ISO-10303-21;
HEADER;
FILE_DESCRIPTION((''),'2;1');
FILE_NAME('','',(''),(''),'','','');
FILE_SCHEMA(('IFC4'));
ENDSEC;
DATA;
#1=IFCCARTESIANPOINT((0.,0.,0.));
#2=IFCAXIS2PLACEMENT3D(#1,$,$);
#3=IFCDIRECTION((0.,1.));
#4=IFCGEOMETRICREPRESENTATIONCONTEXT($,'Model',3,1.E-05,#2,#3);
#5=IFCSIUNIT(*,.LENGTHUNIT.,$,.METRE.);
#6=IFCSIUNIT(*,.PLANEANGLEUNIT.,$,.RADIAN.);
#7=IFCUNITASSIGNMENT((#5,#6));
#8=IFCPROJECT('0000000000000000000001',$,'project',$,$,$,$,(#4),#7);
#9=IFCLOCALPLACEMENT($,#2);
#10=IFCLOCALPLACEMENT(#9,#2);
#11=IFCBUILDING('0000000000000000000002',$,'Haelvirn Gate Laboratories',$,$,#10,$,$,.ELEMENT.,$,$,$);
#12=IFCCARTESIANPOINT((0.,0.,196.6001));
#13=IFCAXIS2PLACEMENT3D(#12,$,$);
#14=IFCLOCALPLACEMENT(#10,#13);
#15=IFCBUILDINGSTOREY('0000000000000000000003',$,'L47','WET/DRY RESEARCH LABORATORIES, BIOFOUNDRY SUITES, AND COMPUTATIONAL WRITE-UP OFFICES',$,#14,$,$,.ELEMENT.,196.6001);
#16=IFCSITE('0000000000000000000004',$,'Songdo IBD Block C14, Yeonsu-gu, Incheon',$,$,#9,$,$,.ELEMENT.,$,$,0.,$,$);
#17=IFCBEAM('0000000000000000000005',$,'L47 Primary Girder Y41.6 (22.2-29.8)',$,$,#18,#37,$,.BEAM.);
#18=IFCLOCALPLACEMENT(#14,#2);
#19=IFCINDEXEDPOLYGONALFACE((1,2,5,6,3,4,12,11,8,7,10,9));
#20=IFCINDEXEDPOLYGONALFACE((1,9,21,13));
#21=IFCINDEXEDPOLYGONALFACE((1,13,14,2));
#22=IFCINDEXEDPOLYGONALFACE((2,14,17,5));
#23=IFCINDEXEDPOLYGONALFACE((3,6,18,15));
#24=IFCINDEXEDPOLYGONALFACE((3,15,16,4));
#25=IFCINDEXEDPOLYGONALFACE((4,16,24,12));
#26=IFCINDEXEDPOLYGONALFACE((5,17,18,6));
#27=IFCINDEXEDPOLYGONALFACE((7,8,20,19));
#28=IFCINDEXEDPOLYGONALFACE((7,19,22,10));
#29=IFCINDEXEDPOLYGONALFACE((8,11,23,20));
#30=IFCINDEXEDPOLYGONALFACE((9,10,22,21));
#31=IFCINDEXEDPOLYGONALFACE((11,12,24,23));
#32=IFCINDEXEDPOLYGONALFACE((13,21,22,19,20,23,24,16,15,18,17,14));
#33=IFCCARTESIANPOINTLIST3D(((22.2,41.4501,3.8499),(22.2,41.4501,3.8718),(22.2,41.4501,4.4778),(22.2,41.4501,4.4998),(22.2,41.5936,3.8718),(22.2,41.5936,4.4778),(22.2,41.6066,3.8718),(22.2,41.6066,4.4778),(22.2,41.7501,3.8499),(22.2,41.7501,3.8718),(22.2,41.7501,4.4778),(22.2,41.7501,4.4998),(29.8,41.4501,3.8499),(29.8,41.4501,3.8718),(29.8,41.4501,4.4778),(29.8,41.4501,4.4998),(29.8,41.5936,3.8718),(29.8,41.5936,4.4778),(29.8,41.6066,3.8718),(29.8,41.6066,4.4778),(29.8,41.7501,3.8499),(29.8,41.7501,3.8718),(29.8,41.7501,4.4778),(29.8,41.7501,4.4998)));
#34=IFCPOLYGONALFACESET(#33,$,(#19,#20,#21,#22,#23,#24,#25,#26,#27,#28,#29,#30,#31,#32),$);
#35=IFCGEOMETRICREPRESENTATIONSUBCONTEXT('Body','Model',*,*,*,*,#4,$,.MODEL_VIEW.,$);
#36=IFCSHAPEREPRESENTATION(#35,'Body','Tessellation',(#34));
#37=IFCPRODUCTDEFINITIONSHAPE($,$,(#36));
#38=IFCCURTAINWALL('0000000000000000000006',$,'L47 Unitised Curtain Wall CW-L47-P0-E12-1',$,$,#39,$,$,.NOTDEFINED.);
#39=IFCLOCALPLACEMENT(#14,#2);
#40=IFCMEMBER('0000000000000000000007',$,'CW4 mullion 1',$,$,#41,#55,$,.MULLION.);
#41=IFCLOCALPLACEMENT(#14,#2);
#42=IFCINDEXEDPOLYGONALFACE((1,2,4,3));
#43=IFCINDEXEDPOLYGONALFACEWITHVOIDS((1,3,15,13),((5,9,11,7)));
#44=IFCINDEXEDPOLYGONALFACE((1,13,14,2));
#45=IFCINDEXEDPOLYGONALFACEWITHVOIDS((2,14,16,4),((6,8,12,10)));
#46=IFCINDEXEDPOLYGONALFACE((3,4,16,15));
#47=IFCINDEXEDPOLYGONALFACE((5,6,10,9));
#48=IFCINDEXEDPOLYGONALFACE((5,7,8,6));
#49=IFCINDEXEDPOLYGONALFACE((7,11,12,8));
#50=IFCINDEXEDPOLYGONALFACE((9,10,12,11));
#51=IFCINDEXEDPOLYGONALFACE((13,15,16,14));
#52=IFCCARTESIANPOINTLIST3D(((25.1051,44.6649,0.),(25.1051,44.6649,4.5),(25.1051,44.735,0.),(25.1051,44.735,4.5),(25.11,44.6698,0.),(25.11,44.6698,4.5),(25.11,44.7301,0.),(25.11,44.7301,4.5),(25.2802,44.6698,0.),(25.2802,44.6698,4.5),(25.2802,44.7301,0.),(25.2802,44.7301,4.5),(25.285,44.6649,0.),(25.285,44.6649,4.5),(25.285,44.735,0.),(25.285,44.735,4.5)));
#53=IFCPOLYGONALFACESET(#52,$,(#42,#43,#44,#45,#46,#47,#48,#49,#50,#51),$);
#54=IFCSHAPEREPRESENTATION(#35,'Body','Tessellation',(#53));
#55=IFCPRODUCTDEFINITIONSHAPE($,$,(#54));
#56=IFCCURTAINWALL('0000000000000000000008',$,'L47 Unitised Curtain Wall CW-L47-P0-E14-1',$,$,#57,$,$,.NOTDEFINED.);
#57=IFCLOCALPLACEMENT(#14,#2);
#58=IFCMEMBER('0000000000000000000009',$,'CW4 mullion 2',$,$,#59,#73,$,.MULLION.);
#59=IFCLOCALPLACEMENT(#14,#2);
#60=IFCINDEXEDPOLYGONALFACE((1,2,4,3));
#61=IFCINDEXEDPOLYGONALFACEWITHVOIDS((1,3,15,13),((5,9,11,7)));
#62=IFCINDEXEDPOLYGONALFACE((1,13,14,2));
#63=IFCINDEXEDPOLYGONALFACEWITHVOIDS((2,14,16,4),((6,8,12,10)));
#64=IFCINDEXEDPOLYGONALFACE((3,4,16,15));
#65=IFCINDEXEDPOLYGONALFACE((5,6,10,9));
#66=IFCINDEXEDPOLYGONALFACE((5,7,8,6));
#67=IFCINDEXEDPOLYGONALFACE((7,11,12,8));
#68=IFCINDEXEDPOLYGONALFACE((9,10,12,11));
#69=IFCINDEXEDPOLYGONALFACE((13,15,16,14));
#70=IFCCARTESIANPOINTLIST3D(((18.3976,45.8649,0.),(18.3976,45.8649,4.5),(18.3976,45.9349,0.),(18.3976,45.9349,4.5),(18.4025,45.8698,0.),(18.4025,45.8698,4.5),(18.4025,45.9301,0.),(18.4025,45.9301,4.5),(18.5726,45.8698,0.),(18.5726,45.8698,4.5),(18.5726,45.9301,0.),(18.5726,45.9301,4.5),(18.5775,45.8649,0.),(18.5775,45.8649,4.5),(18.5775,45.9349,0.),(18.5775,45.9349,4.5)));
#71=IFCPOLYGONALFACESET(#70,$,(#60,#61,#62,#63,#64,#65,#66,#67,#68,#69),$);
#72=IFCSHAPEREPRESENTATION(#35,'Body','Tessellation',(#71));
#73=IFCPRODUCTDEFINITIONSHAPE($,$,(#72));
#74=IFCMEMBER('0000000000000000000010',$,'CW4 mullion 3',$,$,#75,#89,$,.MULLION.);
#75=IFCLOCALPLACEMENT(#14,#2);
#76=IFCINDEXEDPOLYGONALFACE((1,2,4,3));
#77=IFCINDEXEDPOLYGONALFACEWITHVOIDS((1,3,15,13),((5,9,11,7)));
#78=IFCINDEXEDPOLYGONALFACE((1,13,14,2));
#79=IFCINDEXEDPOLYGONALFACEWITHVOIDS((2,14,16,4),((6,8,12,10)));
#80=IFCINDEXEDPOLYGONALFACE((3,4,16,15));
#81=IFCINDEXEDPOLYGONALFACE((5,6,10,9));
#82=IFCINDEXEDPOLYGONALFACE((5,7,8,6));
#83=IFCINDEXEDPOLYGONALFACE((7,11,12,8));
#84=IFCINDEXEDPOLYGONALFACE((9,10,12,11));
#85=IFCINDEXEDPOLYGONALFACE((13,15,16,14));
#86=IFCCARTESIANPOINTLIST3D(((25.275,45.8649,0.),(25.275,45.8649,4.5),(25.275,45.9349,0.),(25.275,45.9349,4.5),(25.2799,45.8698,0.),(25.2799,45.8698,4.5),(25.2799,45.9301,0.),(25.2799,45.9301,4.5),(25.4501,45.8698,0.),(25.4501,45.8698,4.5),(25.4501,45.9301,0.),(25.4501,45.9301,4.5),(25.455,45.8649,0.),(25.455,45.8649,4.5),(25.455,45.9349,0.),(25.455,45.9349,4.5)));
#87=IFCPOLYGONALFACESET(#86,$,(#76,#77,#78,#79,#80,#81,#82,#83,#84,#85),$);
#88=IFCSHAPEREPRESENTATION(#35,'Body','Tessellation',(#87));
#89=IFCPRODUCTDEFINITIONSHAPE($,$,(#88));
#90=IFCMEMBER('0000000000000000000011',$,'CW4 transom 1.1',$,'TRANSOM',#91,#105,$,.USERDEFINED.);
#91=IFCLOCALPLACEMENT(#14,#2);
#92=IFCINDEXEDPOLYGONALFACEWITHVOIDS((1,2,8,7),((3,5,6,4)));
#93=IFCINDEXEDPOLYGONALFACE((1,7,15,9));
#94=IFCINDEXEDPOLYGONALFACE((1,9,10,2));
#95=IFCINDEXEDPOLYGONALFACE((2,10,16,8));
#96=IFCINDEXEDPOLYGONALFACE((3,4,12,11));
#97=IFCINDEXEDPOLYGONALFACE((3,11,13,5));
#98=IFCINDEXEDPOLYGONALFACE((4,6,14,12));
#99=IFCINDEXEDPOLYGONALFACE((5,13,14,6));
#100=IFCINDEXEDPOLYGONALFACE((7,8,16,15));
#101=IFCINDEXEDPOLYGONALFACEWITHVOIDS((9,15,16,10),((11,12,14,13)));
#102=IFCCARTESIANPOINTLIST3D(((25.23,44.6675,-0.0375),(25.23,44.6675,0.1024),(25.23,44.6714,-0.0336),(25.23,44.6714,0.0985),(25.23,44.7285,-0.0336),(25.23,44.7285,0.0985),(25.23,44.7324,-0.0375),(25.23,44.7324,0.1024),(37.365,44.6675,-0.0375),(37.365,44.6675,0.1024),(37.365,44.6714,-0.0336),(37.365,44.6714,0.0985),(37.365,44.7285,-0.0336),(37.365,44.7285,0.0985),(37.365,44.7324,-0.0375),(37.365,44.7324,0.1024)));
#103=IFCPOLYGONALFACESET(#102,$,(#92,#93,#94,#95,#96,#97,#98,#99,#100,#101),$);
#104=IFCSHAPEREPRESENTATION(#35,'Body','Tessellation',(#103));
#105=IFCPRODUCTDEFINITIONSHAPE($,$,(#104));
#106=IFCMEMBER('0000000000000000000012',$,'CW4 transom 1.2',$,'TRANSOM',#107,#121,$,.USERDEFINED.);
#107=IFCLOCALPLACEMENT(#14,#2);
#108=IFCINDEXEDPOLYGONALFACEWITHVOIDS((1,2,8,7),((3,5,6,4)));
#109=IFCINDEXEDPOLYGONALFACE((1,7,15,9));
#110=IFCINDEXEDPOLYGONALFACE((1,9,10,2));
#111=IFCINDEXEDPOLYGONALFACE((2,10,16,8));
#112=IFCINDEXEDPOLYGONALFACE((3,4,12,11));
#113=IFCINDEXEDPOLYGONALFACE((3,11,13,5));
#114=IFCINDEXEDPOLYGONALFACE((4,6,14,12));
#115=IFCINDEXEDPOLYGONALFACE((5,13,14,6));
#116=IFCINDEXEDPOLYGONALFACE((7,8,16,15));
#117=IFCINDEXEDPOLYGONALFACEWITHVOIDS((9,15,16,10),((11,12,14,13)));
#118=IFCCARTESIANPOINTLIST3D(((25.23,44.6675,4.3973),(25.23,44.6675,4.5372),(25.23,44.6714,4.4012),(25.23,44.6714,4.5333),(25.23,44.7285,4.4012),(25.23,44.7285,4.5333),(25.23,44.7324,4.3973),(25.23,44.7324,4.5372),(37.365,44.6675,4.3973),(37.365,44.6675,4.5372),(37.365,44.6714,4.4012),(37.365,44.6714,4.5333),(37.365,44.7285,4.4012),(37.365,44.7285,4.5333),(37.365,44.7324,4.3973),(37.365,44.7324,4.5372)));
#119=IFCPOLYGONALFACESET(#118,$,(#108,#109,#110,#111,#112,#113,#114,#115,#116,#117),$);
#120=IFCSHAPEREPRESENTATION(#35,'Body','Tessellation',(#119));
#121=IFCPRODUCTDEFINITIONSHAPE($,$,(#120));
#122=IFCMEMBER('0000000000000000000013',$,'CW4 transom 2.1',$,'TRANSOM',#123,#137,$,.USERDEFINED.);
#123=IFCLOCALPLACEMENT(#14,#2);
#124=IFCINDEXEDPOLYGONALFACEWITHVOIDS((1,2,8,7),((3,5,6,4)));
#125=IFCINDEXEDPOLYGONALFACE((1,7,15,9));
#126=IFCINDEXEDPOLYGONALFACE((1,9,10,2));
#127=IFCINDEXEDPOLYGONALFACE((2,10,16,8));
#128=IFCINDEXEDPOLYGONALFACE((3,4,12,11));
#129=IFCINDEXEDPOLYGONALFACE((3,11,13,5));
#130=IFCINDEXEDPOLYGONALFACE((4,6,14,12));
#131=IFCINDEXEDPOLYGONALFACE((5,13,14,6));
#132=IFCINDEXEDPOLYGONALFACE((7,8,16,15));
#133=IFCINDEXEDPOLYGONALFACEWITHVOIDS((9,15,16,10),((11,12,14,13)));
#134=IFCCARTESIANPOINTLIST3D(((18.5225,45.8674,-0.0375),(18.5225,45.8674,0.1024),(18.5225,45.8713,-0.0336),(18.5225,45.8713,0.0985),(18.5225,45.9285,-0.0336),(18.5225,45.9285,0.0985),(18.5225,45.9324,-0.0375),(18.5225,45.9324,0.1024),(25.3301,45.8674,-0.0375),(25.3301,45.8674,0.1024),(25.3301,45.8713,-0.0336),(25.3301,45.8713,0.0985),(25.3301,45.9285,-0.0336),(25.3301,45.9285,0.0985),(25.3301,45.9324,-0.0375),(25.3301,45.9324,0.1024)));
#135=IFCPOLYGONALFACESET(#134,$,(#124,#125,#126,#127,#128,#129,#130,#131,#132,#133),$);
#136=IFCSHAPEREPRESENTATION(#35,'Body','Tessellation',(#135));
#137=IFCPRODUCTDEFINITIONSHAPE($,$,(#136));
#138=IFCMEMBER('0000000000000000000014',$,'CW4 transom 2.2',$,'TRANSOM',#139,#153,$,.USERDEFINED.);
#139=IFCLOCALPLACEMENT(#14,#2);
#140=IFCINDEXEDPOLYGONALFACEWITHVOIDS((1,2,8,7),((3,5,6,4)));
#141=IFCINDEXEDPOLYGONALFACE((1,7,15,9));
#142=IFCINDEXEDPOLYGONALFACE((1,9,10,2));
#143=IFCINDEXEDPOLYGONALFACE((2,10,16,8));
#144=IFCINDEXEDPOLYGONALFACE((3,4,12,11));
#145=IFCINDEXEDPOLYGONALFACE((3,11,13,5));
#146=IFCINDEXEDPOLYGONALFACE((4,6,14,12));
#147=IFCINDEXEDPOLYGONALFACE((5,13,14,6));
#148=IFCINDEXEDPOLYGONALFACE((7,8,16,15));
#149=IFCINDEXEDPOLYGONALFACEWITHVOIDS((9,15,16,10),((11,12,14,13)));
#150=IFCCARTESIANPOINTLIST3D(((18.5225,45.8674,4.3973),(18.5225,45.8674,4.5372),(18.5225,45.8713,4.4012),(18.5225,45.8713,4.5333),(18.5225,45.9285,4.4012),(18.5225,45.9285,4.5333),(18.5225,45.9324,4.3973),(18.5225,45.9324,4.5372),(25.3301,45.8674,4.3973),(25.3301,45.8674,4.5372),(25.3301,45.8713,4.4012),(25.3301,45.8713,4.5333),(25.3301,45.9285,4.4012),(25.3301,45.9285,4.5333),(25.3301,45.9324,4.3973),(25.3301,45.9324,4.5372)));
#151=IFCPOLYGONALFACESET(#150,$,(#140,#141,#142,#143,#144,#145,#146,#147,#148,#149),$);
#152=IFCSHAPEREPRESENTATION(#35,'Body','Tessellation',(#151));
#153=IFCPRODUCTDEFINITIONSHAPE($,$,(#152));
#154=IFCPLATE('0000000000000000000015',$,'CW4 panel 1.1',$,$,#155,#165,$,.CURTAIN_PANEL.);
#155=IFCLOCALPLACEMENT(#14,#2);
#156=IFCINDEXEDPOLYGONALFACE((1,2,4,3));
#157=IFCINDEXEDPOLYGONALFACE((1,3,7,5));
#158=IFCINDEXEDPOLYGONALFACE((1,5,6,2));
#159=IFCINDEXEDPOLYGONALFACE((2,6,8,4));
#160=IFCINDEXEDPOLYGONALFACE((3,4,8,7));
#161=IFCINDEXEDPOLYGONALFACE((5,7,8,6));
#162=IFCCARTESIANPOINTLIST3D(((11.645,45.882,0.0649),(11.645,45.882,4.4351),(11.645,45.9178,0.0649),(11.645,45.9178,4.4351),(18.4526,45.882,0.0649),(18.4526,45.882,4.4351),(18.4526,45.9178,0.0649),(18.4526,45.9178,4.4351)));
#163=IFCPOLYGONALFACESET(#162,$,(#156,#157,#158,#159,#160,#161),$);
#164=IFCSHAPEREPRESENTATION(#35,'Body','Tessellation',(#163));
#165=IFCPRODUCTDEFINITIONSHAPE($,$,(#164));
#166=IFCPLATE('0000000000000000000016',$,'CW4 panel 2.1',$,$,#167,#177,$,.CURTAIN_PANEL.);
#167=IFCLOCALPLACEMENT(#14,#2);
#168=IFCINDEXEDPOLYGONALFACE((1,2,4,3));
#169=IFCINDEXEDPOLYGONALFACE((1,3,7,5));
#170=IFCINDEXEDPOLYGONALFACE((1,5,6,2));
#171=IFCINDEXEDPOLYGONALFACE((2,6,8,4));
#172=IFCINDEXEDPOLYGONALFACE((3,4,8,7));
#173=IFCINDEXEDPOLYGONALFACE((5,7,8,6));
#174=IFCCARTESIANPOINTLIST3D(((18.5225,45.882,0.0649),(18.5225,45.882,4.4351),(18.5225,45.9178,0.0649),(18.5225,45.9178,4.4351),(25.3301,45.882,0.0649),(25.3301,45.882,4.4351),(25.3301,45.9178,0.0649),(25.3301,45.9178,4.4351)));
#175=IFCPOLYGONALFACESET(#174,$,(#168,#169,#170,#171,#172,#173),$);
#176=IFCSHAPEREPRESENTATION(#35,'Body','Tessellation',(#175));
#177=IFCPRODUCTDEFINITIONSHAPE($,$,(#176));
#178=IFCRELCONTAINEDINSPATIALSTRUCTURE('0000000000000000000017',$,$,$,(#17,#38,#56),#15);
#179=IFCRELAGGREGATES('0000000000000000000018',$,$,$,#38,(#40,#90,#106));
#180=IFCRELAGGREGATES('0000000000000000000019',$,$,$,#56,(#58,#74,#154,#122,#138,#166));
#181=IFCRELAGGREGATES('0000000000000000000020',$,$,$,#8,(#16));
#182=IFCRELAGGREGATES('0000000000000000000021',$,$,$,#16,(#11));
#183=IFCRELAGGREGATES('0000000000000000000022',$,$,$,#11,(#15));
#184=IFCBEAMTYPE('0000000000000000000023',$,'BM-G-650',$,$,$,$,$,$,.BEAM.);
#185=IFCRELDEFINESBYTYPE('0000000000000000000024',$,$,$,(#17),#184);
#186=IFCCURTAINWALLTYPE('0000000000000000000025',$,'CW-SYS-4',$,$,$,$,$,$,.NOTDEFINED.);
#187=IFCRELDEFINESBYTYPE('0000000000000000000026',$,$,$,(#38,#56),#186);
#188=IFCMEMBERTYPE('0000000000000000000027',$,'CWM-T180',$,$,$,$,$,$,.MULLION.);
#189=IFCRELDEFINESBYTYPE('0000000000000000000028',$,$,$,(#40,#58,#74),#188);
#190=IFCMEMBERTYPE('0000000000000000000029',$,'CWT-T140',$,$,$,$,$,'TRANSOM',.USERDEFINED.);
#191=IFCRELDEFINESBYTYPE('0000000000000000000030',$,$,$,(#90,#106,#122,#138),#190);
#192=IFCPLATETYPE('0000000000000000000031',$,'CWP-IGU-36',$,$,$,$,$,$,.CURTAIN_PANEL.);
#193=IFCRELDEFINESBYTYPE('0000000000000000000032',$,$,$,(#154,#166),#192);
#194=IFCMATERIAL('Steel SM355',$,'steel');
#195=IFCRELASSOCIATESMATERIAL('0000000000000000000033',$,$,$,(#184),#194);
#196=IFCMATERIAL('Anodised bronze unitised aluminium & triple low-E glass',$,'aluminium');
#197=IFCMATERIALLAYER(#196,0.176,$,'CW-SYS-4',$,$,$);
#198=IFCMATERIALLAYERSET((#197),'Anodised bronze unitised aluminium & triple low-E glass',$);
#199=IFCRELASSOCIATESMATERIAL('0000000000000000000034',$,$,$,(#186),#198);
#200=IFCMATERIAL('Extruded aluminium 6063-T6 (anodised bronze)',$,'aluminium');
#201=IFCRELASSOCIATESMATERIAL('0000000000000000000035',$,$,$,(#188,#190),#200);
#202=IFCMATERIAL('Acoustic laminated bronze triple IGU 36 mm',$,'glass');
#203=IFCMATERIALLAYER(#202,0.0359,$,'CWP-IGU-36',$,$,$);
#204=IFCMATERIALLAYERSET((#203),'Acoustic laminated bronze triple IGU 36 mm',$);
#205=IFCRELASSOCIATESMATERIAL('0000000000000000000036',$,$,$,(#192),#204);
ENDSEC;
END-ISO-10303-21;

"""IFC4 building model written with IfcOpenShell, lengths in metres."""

from ifc_helpers import new_model, si_unit, direction, frame, origin, origin_2d, place, context, subcontext, project, spatial, rectangle, hollow_rectangle, i_section, extrude, source, transform, mapped, material, layer, layer_set, material_profile, profile_set, type_object, type_shapes, element, aggregate, save


model = new_model("IFC4")

# Units and contexts
model_context = context("Model", 3, precision=1e-05, world=origin(), true_north=direction((0.0, 1.0)))
body_context = subcontext(model_context, "Body", "Model", "MODEL_VIEW")
ifc_project = project(units=[si_unit("LENGTHUNIT", "METRE"), si_unit("PLANEANGLEUNIT", "RADIAN")], contexts=[model_context])

# Site, building, storey
site_placement = place(None, origin())
site = spatial("IfcSite", under=ifc_project, at=site_placement, Name="Songdo IBD Block C14, Yeonsu-gu, Incheon", CompositionType="ELEMENT", RefElevation=0.0)
building_placement = place(site_placement, origin())
building = spatial("IfcBuilding", under=site, at=building_placement, Name="Haelvirn Gate Laboratories", CompositionType="ELEMENT")
storey_placement = place(building_placement, frame((0.0, 0.0, 196.6001)))
storey = spatial("IfcBuildingStorey", under=building, at=storey_placement, Name="L47", Description="WET/DRY RESEARCH LABORATORIES, BIOFOUNDRY SUITES, AND COMPUTATIONAL WRITE-UP OFFICES", CompositionType="ELEMENT", Elevation=196.6001)

# Beam
ifc_material_1 = material(Name="Steel SM355", Category="steel")
ifc_material_profile_1 = material_profile(ifc_material_1, i_section(OverallWidth=0.3, OverallDepth=0.6499, WebThickness=0.0129, FlangeThickness=0.022, at=origin_2d()), Name="H-650x300x13x22")
ifc_profile_set_1 = profile_set([ifc_material_profile_1], Name="Steel SM355")
beam_type_1 = type_object("IfcBeamType", Name="BM-G-650", PredefinedType="BEAM", material=ifc_profile_set_1)
shared_shape_1 = source(origin(), body_context, "Body", "SweptSolid", [
    extrude(i_section(OverallWidth=0.3, OverallDepth=0.6499, WebThickness=0.0129, FlangeThickness=0.022, at=origin_2d()), origin(), (0.0, 0.0, 1.0), 7.6001),
])
for number, where, z_axis, x_axis, name in (
    (1, (22.2, 41.6001, 4.1748), (1.0, 0.0, 0.0), (0.0, 1.0, 0.0), "L47 Primary Girder Y41.6 (22.2-29.8)"),
):
    element("IfcBeam", number, at=place(storey_placement, frame(where, z_axis=z_axis, x_axis=x_axis)), inside=storey, type_object=beam_type_1, Name=name, PredefinedType="BEAM", context=body_context, shape_type="MappedRepresentation", body=[
        mapped(shared_shape_1, transform((0.0, 0.0, 0.0), scale=1.0)),
    ])

# Curtain wall, member
ifc_material_2 = material(Name="Anodised bronze unitised aluminium & triple low-E glass", Category="aluminium")
ifc_layer_1 = layer(ifc_material_2, 0.176, Name="CW-SYS-4")
ifc_layer_set_1 = layer_set([ifc_layer_1], Name="Anodised bronze unitised aluminium & triple low-E glass")
curtain_wall_type = type_object("IfcCurtainWallType", Name="CW-SYS-4", PredefinedType="NOTDEFINED", material=ifc_layer_set_1)
curtain_wall_1_placement = place(storey_placement, origin())
curtain_wall_1 = element("IfcCurtainWall", 2, at=curtain_wall_1_placement, inside=storey, type_object=curtain_wall_type, Name="L47 Unitised Curtain Wall CW-L47-P0-E12-1", PredefinedType="NOTDEFINED")
ifc_material_3 = material(Name="Extruded aluminium 6063-T6 (anodised bronze)", Category="aluminium")
ifc_material_profile_2 = material_profile(ifc_material_3, hollow_rectangle(XDim=0.0701, YDim=0.1799, WallThickness=0.0049, at=origin_2d()), Name="CWM-180x70x5")
ifc_profile_set_2 = profile_set([ifc_material_profile_2], Name="Extruded aluminium 6063-T6 (anodised bronze)")
member_type_1 = type_object("IfcMemberType", Name="CWM-T180", PredefinedType="MULLION", material=ifc_profile_set_2)
shared_shape_2 = source(origin(), body_context, "Body", "SweptSolid", [
    extrude(hollow_rectangle(XDim=0.0701, YDim=0.1799, WallThickness=0.0049, at=origin_2d()), origin(), (0.0, 0.0, 1.0), 4.5),
])
type_shapes(member_type_1, [shared_shape_2])
member_1_placement = place(storey_placement, frame((25.1951, 44.7, 0.0), z_axis=(0.0, 0.0, 1.0), x_axis=(0.0, 1.0, 0.0)))
member_1 = element("IfcMember", 3, at=member_1_placement, type_object=member_type_1, Name="CW4 mullion 1", PredefinedType="MULLION", context=body_context, shape_type="MappedRepresentation", body=[
    mapped(shared_shape_2, transform((0.0, 0.0, 0.0), scale=1.0)),
])

# Curtain wall, members
curtain_wall_2_placement = place(storey_placement, origin())
curtain_wall_2 = element("IfcCurtainWall", 4, at=curtain_wall_2_placement, inside=storey, type_object=curtain_wall_type, Name="L47 Unitised Curtain Wall CW-L47-P0-E14-1", PredefinedType="NOTDEFINED")
member_2_placement = place(storey_placement, frame((18.4875, 45.8999, 0.0), z_axis=(0.0, 0.0, 1.0), x_axis=(0.0, 1.0, 0.0)))
member_2 = element("IfcMember", 5, at=member_2_placement, type_object=member_type_1, Name="CW4 mullion 2", PredefinedType="MULLION", context=body_context, shape_type="MappedRepresentation", body=[
    mapped(shared_shape_2, transform((0.0, 0.0, 0.0), scale=1.0)),
])
member_3_placement = place(storey_placement, frame((25.365, 45.8999, 0.0), z_axis=(0.0, 0.0, 1.0), x_axis=(0.0, 1.0, 0.0)))
member_3 = element("IfcMember", 6, at=member_3_placement, type_object=member_type_1, Name="CW4 mullion 3", PredefinedType="MULLION", context=body_context, shape_type="MappedRepresentation", body=[
    mapped(shared_shape_2, transform((0.0, 0.0, 0.0), scale=1.0)),
])

# Members
ifc_material_profile_3 = material_profile(ifc_material_3, hollow_rectangle(XDim=0.0649, YDim=0.1399, WallThickness=0.0039, at=origin_2d()), Name="CWT-140x65x4")
ifc_profile_set_3 = profile_set([ifc_material_profile_3], Name="Extruded aluminium 6063-T6 (anodised bronze)")
member_type_2 = type_object("IfcMemberType", Name="CWT-T140", ElementType="TRANSOM", PredefinedType="USERDEFINED", material=ifc_profile_set_3)
shared_shape_3 = source(origin(), body_context, "Body", "SweptSolid", [
    extrude(hollow_rectangle(XDim=0.0649, YDim=0.1399, WallThickness=0.0039, at=origin_2d()), origin(), (0.0, 0.0, 1.0), 12.135),
])
member_4_placement = place(storey_placement, frame((25.23, 44.7, 0.0325), z_axis=(1.0, 0.0, 0.0), x_axis=(0.0, 1.0, 0.0)))
member_4 = element("IfcMember", 7, at=member_4_placement, type_object=member_type_2, Name="CW4 transom 1.1", ObjectType="TRANSOM", PredefinedType="USERDEFINED", context=body_context, shape_type="MappedRepresentation", body=[
    mapped(shared_shape_3, transform((0.0, 0.0, 0.0), scale=1.0)),
])
member_5_placement = place(storey_placement, frame((25.23, 44.7, 4.4673), z_axis=(1.0, 0.0, 0.0), x_axis=(0.0, 1.0, 0.0)))
member_5 = element("IfcMember", 8, at=member_5_placement, type_object=member_type_2, Name="CW4 transom 1.2", ObjectType="TRANSOM", PredefinedType="USERDEFINED", context=body_context, shape_type="MappedRepresentation", body=[
    mapped(shared_shape_3, transform((0.0, 0.0, 0.0), scale=1.0)),
])
aggregate(curtain_wall_1, [member_1, member_4, member_5])
shared_shape_4 = source(origin(), body_context, "Body", "SweptSolid", [
    extrude(hollow_rectangle(XDim=0.0649, YDim=0.1399, WallThickness=0.0039, at=origin_2d()), origin(), (0.0, 0.0, 1.0), 6.8076),
])
type_shapes(member_type_2, [shared_shape_3, shared_shape_4])
member_6_placement = place(storey_placement, frame((18.5225, 45.8999, 0.0325), z_axis=(1.0, 0.0, 0.0), x_axis=(0.0, 1.0, 0.0)))
member_6 = element("IfcMember", 9, at=member_6_placement, type_object=member_type_2, Name="CW4 transom 2.1", ObjectType="TRANSOM", PredefinedType="USERDEFINED", context=body_context, shape_type="MappedRepresentation", body=[
    mapped(shared_shape_4, transform((0.0, 0.0, 0.0), scale=1.0)),
])
member_7_placement = place(storey_placement, frame((18.5225, 45.8999, 4.4673), z_axis=(1.0, 0.0, 0.0), x_axis=(0.0, 1.0, 0.0)))
member_7 = element("IfcMember", 10, at=member_7_placement, type_object=member_type_2, Name="CW4 transom 2.2", ObjectType="TRANSOM", PredefinedType="USERDEFINED", context=body_context, shape_type="MappedRepresentation", body=[
    mapped(shared_shape_4, transform((0.0, 0.0, 0.0), scale=1.0)),
])

# Plates
ifc_material_4 = material(Name="Acoustic laminated bronze triple IGU 36 mm", Category="glass")
ifc_layer_2 = layer(ifc_material_4, 0.0359, Name="CWP-IGU-36")
ifc_layer_set_2 = layer_set([ifc_layer_2], Name="Acoustic laminated bronze triple IGU 36 mm")
plate_type = type_object("IfcPlateType", Name="CWP-IGU-36", PredefinedType="CURTAIN_PANEL", material=ifc_layer_set_2)
shared_shape_5 = source(origin(), body_context, "Body", "SweptSolid", [
    extrude(rectangle(XDim=6.8076, YDim=0.0359, at=origin_2d()), origin(), (0.0, 0.0, 1.0), 4.3701),
])
type_shapes(plate_type, [shared_shape_5])
plate_1_placement = place(storey_placement, frame((15.0488, 45.8999, 0.0649), z_axis=(0.0, 0.0, 1.0), x_axis=(1.0, 0.0, 0.0)))
plate_1 = element("IfcPlate", 11, at=plate_1_placement, type_object=plate_type, Name="CW4 panel 1.1", PredefinedType="CURTAIN_PANEL", context=body_context, shape_type="MappedRepresentation", body=[
    mapped(shared_shape_5, transform((0.0, 0.0, 0.0), scale=1.0)),
])
plate_2_placement = place(storey_placement, frame((21.9263, 45.8999, 0.0649), z_axis=(0.0, 0.0, 1.0), x_axis=(1.0, 0.0, 0.0)))
plate_2 = element("IfcPlate", 12, at=plate_2_placement, type_object=plate_type, Name="CW4 panel 2.1", PredefinedType="CURTAIN_PANEL", context=body_context, shape_type="MappedRepresentation", body=[
    mapped(shared_shape_5, transform((0.0, 0.0, 0.0), scale=1.0)),
])
aggregate(curtain_wall_2, [member_2, member_3, plate_1, member_6, member_7, plate_2])

save(model, "model.ifc")
